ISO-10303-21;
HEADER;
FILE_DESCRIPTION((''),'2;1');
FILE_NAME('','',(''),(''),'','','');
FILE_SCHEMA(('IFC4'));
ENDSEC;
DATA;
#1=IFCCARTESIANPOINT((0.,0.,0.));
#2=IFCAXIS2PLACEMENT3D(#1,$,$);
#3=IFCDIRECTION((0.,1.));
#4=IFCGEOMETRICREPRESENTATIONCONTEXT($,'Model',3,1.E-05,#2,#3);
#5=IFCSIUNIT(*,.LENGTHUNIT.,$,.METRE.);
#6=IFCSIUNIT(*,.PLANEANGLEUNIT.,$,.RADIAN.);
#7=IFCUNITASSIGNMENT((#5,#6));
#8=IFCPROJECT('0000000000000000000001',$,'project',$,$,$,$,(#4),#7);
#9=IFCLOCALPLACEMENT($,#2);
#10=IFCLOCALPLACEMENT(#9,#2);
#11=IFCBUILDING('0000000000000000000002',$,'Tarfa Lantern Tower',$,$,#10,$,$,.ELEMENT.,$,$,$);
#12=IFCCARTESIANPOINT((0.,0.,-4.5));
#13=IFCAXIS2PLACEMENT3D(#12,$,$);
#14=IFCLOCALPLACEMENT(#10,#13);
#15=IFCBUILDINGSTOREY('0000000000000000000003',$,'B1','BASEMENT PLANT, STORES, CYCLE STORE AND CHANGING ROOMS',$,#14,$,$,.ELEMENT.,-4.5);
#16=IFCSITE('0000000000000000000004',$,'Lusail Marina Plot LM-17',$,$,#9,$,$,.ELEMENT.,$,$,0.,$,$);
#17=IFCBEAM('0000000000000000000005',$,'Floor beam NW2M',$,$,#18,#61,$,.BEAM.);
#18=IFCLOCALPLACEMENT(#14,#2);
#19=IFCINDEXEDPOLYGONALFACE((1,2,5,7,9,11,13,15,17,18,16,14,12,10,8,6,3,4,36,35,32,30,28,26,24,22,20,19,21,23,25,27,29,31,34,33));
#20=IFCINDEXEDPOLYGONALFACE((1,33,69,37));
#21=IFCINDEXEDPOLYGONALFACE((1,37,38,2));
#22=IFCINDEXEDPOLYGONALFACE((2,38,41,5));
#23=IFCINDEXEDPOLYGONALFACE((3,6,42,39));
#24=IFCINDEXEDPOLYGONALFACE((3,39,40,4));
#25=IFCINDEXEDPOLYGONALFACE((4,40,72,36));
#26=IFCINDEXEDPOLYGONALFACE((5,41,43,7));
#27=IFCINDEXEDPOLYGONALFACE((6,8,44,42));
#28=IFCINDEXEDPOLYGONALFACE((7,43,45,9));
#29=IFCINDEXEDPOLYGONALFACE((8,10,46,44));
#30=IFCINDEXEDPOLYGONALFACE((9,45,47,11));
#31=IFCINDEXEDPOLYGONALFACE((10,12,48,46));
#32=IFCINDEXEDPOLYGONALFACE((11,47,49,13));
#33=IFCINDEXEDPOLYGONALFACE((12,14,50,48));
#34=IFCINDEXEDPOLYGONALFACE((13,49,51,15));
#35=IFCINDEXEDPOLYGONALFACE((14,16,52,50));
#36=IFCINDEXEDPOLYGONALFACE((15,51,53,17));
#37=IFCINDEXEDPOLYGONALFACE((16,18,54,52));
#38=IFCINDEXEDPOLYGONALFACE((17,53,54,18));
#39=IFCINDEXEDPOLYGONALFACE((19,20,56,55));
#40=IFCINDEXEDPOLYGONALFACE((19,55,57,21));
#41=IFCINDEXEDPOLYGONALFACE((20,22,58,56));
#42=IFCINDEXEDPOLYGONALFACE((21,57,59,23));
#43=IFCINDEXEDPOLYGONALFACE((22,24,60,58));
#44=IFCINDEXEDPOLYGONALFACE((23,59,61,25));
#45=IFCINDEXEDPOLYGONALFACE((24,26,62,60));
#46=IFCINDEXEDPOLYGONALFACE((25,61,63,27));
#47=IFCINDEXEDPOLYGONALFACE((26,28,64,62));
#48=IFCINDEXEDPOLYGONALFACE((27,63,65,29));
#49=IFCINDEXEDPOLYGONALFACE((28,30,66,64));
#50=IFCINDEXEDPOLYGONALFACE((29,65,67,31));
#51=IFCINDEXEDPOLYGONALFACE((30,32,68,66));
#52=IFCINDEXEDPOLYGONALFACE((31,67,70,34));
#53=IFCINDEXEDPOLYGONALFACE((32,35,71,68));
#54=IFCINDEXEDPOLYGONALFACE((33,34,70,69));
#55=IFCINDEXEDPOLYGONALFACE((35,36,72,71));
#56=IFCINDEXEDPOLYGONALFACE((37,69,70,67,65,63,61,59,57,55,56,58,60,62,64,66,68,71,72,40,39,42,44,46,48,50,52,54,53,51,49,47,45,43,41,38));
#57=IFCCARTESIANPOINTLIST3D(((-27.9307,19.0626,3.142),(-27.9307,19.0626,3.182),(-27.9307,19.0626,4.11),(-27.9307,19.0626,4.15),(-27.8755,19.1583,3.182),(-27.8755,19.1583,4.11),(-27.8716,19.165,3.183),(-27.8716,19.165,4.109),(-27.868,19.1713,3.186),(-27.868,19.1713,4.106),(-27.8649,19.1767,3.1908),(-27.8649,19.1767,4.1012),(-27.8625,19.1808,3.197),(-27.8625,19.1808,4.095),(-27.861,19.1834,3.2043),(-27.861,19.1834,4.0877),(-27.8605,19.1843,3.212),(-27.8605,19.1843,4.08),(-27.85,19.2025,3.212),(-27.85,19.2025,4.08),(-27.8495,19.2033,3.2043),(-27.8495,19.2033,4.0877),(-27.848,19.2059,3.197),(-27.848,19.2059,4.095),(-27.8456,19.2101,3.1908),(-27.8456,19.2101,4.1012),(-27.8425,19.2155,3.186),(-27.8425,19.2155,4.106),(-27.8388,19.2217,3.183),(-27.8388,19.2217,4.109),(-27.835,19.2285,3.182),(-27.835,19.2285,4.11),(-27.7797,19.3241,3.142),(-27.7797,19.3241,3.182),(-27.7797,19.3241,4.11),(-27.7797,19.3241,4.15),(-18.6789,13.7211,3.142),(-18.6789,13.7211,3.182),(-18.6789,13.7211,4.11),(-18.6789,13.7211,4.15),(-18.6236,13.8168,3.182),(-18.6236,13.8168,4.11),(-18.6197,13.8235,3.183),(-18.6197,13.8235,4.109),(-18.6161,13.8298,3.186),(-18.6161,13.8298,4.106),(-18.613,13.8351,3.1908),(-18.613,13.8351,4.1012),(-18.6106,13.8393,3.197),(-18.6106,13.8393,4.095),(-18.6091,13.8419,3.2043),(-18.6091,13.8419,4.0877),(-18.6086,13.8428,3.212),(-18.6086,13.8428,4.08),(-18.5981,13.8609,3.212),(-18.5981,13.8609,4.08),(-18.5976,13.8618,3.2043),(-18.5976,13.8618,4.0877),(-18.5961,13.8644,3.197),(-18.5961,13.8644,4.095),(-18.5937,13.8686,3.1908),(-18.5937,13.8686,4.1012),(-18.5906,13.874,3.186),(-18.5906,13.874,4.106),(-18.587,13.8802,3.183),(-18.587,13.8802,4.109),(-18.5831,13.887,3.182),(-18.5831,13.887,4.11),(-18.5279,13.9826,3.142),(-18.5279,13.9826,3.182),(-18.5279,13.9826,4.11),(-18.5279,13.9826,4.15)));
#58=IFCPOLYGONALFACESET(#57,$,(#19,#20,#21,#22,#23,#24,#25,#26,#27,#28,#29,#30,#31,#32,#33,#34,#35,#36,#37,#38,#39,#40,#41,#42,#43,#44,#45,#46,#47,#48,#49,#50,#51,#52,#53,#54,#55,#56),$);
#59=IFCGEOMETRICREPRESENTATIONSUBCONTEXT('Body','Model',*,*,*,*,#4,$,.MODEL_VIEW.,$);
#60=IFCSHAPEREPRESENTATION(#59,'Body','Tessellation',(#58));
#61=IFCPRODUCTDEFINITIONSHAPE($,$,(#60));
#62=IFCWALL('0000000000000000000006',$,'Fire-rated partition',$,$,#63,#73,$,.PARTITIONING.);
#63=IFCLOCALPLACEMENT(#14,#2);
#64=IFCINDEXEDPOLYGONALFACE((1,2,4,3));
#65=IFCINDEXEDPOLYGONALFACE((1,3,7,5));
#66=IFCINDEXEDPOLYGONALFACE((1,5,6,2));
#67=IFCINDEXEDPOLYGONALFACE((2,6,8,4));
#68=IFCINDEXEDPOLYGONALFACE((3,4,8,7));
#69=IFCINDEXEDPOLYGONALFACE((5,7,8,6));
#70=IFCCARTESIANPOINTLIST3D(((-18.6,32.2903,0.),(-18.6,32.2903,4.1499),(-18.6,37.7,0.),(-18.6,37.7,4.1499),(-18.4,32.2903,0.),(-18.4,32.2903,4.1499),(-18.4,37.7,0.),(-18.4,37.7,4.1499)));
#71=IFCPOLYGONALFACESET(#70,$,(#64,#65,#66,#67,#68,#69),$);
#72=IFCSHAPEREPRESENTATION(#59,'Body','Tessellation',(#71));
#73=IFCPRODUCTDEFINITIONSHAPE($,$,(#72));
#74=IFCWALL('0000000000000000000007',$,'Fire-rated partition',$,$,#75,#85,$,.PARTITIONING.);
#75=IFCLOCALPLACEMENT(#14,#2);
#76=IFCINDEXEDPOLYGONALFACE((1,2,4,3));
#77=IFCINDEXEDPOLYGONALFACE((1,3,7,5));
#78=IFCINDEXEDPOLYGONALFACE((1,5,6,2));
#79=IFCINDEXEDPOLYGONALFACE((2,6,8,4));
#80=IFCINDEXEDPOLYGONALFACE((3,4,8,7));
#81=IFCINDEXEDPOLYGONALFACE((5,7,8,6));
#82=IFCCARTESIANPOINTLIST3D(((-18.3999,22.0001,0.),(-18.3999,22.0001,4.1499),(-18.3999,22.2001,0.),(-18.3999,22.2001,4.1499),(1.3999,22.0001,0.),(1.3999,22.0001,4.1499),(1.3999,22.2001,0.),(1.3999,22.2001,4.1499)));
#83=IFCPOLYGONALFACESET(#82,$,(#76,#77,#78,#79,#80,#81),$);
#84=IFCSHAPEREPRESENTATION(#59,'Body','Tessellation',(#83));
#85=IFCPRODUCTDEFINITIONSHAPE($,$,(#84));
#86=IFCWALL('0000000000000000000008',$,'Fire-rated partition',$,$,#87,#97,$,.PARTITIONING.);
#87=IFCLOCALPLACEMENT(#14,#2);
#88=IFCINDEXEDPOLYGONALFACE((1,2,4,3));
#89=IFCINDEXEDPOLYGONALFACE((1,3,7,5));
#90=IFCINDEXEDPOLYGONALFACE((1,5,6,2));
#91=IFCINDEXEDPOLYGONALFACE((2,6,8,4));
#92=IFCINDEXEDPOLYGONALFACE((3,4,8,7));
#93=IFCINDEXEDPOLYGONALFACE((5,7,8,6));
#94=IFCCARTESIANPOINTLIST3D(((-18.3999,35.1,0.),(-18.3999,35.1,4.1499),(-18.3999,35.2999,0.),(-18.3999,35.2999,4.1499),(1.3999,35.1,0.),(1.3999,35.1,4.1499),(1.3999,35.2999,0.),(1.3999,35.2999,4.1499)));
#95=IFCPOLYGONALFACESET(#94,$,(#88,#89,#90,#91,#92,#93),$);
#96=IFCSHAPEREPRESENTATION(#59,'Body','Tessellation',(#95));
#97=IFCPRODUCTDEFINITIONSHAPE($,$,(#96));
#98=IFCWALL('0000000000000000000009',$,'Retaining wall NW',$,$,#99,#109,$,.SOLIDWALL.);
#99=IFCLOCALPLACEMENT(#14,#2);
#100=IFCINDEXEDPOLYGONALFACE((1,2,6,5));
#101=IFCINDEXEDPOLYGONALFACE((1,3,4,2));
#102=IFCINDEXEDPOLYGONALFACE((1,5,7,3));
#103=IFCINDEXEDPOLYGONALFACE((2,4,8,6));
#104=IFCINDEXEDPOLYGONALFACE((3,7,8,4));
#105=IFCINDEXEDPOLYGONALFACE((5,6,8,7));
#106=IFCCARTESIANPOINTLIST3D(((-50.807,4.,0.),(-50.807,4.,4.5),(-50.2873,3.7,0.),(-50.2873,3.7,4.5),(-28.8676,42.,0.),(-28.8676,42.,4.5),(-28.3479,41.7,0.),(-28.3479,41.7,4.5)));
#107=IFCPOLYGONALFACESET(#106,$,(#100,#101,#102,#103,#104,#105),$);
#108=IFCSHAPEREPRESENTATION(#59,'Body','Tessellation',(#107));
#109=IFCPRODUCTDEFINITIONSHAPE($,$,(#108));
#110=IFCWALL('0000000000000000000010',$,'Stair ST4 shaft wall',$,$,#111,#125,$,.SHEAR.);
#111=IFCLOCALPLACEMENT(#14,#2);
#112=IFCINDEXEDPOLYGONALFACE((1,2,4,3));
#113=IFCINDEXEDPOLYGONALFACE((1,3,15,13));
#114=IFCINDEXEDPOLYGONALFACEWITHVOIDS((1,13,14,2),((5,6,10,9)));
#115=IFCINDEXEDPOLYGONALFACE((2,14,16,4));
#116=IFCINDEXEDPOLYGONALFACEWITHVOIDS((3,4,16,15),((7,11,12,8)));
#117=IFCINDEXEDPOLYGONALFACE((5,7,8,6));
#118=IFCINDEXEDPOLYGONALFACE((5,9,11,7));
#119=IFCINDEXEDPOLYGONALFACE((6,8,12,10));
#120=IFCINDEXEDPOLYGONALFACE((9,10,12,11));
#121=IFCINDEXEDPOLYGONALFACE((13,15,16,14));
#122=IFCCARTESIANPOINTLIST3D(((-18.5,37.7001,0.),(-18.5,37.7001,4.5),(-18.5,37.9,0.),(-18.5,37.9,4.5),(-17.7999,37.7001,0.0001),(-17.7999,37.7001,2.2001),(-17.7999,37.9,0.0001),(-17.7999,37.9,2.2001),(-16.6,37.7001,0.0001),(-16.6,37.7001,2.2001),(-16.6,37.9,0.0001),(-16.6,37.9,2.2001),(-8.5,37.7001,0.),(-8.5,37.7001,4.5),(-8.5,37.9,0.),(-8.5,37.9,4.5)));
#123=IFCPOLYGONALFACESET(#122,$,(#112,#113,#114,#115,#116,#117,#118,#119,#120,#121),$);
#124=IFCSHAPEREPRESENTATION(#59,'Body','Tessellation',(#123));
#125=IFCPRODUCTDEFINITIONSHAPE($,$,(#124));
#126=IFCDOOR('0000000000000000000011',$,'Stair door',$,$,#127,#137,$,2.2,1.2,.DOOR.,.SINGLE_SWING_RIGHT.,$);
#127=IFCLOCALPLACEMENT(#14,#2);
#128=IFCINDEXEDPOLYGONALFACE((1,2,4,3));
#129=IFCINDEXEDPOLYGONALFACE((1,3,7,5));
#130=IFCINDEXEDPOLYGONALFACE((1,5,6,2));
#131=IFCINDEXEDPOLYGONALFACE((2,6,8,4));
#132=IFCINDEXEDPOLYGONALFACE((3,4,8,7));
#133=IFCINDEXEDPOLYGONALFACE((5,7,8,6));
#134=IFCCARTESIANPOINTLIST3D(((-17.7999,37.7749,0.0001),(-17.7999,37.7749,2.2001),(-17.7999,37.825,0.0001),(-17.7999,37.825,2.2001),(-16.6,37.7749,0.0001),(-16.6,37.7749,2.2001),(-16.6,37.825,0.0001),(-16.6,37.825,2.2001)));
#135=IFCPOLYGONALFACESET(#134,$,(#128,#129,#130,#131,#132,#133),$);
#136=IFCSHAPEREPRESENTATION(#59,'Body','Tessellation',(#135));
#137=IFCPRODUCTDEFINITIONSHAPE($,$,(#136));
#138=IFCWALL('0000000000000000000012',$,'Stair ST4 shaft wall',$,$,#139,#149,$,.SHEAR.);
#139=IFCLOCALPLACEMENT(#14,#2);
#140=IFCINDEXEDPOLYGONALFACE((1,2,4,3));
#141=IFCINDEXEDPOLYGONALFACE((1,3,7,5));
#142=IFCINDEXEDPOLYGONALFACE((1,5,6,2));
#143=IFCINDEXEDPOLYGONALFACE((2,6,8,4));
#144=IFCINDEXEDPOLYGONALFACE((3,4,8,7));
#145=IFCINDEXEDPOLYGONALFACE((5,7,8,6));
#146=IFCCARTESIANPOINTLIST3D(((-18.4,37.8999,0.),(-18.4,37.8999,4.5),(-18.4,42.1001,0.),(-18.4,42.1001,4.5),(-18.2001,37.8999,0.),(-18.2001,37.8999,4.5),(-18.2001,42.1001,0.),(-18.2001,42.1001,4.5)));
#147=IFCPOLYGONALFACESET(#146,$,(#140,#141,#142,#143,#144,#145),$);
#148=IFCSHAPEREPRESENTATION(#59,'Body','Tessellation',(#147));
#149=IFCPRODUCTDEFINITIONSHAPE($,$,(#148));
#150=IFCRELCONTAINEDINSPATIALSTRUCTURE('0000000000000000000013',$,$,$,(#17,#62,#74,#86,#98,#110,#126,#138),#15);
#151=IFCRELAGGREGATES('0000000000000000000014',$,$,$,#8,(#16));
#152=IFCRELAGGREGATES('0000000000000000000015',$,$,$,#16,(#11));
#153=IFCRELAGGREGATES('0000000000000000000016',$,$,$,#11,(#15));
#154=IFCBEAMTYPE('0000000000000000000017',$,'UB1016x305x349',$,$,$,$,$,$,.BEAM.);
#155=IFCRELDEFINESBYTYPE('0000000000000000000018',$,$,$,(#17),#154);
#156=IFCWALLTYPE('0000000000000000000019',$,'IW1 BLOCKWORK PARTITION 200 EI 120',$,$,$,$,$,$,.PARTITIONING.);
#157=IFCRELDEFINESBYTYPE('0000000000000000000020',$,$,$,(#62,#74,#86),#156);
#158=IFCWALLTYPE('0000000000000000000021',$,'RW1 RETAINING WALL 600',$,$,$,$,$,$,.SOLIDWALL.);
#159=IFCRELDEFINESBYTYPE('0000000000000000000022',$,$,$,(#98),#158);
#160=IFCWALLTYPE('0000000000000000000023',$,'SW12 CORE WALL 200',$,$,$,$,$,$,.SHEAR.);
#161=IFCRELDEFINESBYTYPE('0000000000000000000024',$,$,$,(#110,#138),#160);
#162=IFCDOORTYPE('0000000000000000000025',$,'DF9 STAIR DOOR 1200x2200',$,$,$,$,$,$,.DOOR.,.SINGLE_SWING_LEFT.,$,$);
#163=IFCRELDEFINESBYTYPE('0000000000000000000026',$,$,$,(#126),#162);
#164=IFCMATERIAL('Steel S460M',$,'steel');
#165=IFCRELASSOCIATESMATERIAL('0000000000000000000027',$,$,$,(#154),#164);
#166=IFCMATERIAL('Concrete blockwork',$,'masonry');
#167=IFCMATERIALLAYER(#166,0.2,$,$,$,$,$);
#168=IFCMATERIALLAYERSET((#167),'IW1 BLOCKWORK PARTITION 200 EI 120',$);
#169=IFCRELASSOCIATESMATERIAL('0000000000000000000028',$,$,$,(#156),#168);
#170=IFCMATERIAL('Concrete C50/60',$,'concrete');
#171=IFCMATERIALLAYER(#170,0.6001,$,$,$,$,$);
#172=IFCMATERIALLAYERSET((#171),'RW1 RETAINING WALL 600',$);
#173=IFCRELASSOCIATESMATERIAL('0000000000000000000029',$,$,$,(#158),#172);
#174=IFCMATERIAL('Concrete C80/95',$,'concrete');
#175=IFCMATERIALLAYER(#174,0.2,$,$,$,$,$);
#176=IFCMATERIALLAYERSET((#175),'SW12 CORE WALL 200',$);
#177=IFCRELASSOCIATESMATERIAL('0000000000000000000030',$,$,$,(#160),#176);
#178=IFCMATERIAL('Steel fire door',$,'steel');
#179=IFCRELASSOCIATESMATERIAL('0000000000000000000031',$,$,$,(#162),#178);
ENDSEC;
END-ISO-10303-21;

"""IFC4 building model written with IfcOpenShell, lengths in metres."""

from ifc_helpers import new_model, si_unit, direction, frame, frame_2d, origin, origin_2d, place, context, subcontext, project, spatial, rectangle, i_section, extrude, material, layer, layer_set, material_profile, profile_set, type_object, element, fill, save


model = new_model("IFC4")

# Units and contexts
model_context = context("Model", 3, precision=1e-05, world=origin(), true_north=direction((0.0, 1.0)))
body_context = subcontext(model_context, "Body", "Model", "MODEL_VIEW")
ifc_project = project(units=[si_unit("LENGTHUNIT", "METRE"), si_unit("PLANEANGLEUNIT", "RADIAN")], contexts=[model_context])

# Site, building, storey
site_placement = place(None, origin())
site = spatial("IfcSite", under=ifc_project, at=site_placement, Name="Lusail Marina Plot LM-17", CompositionType="ELEMENT", RefElevation=0.0)
building_placement = place(site_placement, origin())
building = spatial("IfcBuilding", under=site, at=building_placement, Name="Tarfa Lantern Tower", CompositionType="ELEMENT")
storey_placement = place(building_placement, frame((0.0, 0.0, -4.5)))
storey = spatial("IfcBuildingStorey", under=building, at=storey_placement, Name="B1", Description="BASEMENT PLANT, STORES, CYCLE STORE AND CHANGING ROOMS", CompositionType="ELEMENT", Elevation=-4.5)

# Shared definitions
ifc_material_1 = material(Name="Concrete C80/95", Category="concrete")

# Beam
ifc_material_2 = material(Name="Steel S460M", Category="steel")
ifc_material_profile_1 = material_profile(ifc_material_2, i_section(OverallWidth=0.302, OverallDepth=1.0081, WebThickness=0.021, FlangeThickness=0.04, FilletRadius=0.03, at=origin_2d()), Name="UB1016x305x349")
ifc_profile_set_1 = profile_set([ifc_material_profile_1], Name="Steel S460M")
beam_type_1 = type_object("IfcBeamType", Name="UB1016x305x349", PredefinedType="BEAM", material=ifc_profile_set_1)
beam_1_placement = place(storey_placement, frame((-27.8552, 19.1934, 3.646), z_axis=(0.866028, -0.499995, 0.0), x_axis=(0.499995, 0.866028, 0.0)))
element("IfcBeam", 1, at=beam_1_placement, inside=storey, type_object=beam_type_1, Name="Floor beam NW2M", PredefinedType="BEAM", context=body_context, shape_type="SweptSolid", body=[
    extrude(i_section(OverallWidth=0.302, OverallDepth=1.0081, WebThickness=0.021, FlangeThickness=0.04, FilletRadius=0.03, at=origin_2d()), origin(), (0.0, 0.0, 1.0), 10.6831),
])

# Walls
ifc_material_3 = material(Name="Concrete blockwork", Category="masonry")
ifc_layer_1 = layer(ifc_material_3, 0.2)
ifc_layer_set_1 = layer_set([ifc_layer_1], Name="IW1 BLOCKWORK PARTITION 200 EI 120")
wall_type_1 = type_object("IfcWallType", Name="IW1 BLOCKWORK PARTITION 200 EI 120", PredefinedType="PARTITIONING", material=ifc_layer_set_1)
wall_1_placement = place(storey_placement, frame((-18.5, 32.2903, 0.0), z_axis=(0.0, 0.0, 1.0), x_axis=(0.0, 1.0, 0.0)))
element("IfcWall", 2, at=wall_1_placement, inside=storey, type_object=wall_type_1, Name="Fire-rated partition", PredefinedType="PARTITIONING", context=body_context, shape_type="SweptSolid", body=[
    extrude(rectangle(XDim=5.4097, YDim=0.2, at=frame_2d((2.7048, 0.0))), origin(), (0.0, 0.0, 1.0), 4.1499),
])
for number, where, z_axis, x_axis, name in (
    (3, (-18.3999, 22.1001, 0.0), (0.0, 0.0, 1.0), (1.0, 0.0, 0.0), "Fire-rated partition"),
    (4, (-18.3999, 35.2, 0.0), (0.0, 0.0, 1.0), (1.0, 0.0, 0.0), "Fire-rated partition"),
):
    element("IfcWall", number, at=place(storey_placement, frame(where, z_axis=z_axis, x_axis=x_axis)), inside=storey, type_object=wall_type_1, Name=name, PredefinedType="PARTITIONING", context=body_context, shape_type="SweptSolid", body=[
        extrude(rectangle(XDim=19.7998, YDim=0.2, at=frame_2d((9.8999, 0.0))), origin(), (0.0, 0.0, 1.0), 4.1499),
    ])
ifc_material_4 = material(Name="Concrete C50/60", Category="concrete")
ifc_layer_2 = layer(ifc_material_4, 0.6001)
ifc_layer_set_2 = layer_set([ifc_layer_2], Name="RW1 RETAINING WALL 600")
wall_type_2 = type_object("IfcWallType", Name="RW1 RETAINING WALL 600", PredefinedType="SOLIDWALL", material=ifc_layer_set_2)
wall_2_placement = place(storey_placement, frame((-28.6077, 41.8501, 0.0), z_axis=(0.0, 0.0, 1.0), x_axis=(-0.500002, -0.866024, 0.0)))
element("IfcWall", 5, at=wall_2_placement, inside=storey, type_object=wall_type_2, Name="Retaining wall NW", PredefinedType="SOLIDWALL", context=body_context, shape_type="SweptSolid", body=[
    extrude(rectangle(XDim=43.8787, YDim=0.6001, at=frame_2d((21.9395, 0.0))), origin(), (0.0, 0.0, 1.0), 4.5),
])

# Wall, opening, door
ifc_layer_3 = layer(ifc_material_1, 0.2)
ifc_layer_set_3 = layer_set([ifc_layer_3], Name="SW12 CORE WALL 200")
wall_type_3 = type_object("IfcWallType", Name="SW12 CORE WALL 200", PredefinedType="SHEAR", material=ifc_layer_set_3)
wall_3_placement = place(storey_placement, frame((-18.5, 37.8, 0.0), z_axis=(0.0, 0.0, 1.0), x_axis=(1.0, 0.0, 0.0)))
wall_3 = element("IfcWall", 6, at=wall_3_placement, inside=storey, type_object=wall_type_3, Name="Stair ST4 shaft wall", PredefinedType="SHEAR", context=body_context, shape_type="SweptSolid", body=[
    extrude(rectangle(XDim=10.0, YDim=0.2, at=frame_2d((5.0, 0.0))), origin(), (0.0, 0.0, 1.0), 4.5),
])
opening_placement = place(wall_3_placement, frame((0.7, 0.0, 0.0)))
opening = element("IfcOpeningElement", 7, at=opening_placement, cuts=wall_3, PredefinedType="OPENING", context=body_context, shape_type="SweptSolid", body=[
    extrude(rectangle(XDim=1.2, YDim=2.2, at=frame_2d((0.6001, 1.1001))), frame((0.0, 0.1099, 0.0), z_axis=(0.0, -1.0, 0.0), x_axis=(1.0, 0.0, 0.0)), (0.0, 0.0, 1.0), 0.22),
])
ifc_material_5 = material(Name="Steel fire door", Category="steel")
door_type = type_object("IfcDoorType", Name="DF9 STAIR DOOR 1200x2200", OperationType="SINGLE_SWING_LEFT", PredefinedType="DOOR", material=ifc_material_5)
door_placement = place(opening_placement, origin())
door = element("IfcDoor", 8, at=door_placement, inside=storey, type_object=door_type, Name="Stair door", OperationType="SINGLE_SWING_RIGHT", OverallHeight=2.2, OverallWidth=1.2, PredefinedType="DOOR", context=body_context, shape_type="SweptSolid", body=[
    extrude(rectangle(XDim=1.2, YDim=2.2, at=frame_2d((0.6001, 1.1001))), frame((0.0, 0.0249, 0.0), z_axis=(0.0, -1.0, 0.0), x_axis=(1.0, 0.0, 0.0)), (0.0, 0.0, 1.0), 0.05),
])
fill(opening, door)

# Wall
wall_4_placement = place(storey_placement, frame((-18.3, 42.1001, 0.0), z_axis=(0.0, 0.0, 1.0), x_axis=(0.0, -1.0, 0.0)))
element("IfcWall", 9, at=wall_4_placement, inside=storey, type_object=wall_type_3, Name="Stair ST4 shaft wall", PredefinedType="SHEAR", context=body_context, shape_type="SweptSolid", body=[
    extrude(rectangle(XDim=4.2002, YDim=0.2, at=frame_2d((2.1001, 0.0))), origin(), (0.0, 0.0, 1.0), 4.5),
])

save(model, "model.ifc")
